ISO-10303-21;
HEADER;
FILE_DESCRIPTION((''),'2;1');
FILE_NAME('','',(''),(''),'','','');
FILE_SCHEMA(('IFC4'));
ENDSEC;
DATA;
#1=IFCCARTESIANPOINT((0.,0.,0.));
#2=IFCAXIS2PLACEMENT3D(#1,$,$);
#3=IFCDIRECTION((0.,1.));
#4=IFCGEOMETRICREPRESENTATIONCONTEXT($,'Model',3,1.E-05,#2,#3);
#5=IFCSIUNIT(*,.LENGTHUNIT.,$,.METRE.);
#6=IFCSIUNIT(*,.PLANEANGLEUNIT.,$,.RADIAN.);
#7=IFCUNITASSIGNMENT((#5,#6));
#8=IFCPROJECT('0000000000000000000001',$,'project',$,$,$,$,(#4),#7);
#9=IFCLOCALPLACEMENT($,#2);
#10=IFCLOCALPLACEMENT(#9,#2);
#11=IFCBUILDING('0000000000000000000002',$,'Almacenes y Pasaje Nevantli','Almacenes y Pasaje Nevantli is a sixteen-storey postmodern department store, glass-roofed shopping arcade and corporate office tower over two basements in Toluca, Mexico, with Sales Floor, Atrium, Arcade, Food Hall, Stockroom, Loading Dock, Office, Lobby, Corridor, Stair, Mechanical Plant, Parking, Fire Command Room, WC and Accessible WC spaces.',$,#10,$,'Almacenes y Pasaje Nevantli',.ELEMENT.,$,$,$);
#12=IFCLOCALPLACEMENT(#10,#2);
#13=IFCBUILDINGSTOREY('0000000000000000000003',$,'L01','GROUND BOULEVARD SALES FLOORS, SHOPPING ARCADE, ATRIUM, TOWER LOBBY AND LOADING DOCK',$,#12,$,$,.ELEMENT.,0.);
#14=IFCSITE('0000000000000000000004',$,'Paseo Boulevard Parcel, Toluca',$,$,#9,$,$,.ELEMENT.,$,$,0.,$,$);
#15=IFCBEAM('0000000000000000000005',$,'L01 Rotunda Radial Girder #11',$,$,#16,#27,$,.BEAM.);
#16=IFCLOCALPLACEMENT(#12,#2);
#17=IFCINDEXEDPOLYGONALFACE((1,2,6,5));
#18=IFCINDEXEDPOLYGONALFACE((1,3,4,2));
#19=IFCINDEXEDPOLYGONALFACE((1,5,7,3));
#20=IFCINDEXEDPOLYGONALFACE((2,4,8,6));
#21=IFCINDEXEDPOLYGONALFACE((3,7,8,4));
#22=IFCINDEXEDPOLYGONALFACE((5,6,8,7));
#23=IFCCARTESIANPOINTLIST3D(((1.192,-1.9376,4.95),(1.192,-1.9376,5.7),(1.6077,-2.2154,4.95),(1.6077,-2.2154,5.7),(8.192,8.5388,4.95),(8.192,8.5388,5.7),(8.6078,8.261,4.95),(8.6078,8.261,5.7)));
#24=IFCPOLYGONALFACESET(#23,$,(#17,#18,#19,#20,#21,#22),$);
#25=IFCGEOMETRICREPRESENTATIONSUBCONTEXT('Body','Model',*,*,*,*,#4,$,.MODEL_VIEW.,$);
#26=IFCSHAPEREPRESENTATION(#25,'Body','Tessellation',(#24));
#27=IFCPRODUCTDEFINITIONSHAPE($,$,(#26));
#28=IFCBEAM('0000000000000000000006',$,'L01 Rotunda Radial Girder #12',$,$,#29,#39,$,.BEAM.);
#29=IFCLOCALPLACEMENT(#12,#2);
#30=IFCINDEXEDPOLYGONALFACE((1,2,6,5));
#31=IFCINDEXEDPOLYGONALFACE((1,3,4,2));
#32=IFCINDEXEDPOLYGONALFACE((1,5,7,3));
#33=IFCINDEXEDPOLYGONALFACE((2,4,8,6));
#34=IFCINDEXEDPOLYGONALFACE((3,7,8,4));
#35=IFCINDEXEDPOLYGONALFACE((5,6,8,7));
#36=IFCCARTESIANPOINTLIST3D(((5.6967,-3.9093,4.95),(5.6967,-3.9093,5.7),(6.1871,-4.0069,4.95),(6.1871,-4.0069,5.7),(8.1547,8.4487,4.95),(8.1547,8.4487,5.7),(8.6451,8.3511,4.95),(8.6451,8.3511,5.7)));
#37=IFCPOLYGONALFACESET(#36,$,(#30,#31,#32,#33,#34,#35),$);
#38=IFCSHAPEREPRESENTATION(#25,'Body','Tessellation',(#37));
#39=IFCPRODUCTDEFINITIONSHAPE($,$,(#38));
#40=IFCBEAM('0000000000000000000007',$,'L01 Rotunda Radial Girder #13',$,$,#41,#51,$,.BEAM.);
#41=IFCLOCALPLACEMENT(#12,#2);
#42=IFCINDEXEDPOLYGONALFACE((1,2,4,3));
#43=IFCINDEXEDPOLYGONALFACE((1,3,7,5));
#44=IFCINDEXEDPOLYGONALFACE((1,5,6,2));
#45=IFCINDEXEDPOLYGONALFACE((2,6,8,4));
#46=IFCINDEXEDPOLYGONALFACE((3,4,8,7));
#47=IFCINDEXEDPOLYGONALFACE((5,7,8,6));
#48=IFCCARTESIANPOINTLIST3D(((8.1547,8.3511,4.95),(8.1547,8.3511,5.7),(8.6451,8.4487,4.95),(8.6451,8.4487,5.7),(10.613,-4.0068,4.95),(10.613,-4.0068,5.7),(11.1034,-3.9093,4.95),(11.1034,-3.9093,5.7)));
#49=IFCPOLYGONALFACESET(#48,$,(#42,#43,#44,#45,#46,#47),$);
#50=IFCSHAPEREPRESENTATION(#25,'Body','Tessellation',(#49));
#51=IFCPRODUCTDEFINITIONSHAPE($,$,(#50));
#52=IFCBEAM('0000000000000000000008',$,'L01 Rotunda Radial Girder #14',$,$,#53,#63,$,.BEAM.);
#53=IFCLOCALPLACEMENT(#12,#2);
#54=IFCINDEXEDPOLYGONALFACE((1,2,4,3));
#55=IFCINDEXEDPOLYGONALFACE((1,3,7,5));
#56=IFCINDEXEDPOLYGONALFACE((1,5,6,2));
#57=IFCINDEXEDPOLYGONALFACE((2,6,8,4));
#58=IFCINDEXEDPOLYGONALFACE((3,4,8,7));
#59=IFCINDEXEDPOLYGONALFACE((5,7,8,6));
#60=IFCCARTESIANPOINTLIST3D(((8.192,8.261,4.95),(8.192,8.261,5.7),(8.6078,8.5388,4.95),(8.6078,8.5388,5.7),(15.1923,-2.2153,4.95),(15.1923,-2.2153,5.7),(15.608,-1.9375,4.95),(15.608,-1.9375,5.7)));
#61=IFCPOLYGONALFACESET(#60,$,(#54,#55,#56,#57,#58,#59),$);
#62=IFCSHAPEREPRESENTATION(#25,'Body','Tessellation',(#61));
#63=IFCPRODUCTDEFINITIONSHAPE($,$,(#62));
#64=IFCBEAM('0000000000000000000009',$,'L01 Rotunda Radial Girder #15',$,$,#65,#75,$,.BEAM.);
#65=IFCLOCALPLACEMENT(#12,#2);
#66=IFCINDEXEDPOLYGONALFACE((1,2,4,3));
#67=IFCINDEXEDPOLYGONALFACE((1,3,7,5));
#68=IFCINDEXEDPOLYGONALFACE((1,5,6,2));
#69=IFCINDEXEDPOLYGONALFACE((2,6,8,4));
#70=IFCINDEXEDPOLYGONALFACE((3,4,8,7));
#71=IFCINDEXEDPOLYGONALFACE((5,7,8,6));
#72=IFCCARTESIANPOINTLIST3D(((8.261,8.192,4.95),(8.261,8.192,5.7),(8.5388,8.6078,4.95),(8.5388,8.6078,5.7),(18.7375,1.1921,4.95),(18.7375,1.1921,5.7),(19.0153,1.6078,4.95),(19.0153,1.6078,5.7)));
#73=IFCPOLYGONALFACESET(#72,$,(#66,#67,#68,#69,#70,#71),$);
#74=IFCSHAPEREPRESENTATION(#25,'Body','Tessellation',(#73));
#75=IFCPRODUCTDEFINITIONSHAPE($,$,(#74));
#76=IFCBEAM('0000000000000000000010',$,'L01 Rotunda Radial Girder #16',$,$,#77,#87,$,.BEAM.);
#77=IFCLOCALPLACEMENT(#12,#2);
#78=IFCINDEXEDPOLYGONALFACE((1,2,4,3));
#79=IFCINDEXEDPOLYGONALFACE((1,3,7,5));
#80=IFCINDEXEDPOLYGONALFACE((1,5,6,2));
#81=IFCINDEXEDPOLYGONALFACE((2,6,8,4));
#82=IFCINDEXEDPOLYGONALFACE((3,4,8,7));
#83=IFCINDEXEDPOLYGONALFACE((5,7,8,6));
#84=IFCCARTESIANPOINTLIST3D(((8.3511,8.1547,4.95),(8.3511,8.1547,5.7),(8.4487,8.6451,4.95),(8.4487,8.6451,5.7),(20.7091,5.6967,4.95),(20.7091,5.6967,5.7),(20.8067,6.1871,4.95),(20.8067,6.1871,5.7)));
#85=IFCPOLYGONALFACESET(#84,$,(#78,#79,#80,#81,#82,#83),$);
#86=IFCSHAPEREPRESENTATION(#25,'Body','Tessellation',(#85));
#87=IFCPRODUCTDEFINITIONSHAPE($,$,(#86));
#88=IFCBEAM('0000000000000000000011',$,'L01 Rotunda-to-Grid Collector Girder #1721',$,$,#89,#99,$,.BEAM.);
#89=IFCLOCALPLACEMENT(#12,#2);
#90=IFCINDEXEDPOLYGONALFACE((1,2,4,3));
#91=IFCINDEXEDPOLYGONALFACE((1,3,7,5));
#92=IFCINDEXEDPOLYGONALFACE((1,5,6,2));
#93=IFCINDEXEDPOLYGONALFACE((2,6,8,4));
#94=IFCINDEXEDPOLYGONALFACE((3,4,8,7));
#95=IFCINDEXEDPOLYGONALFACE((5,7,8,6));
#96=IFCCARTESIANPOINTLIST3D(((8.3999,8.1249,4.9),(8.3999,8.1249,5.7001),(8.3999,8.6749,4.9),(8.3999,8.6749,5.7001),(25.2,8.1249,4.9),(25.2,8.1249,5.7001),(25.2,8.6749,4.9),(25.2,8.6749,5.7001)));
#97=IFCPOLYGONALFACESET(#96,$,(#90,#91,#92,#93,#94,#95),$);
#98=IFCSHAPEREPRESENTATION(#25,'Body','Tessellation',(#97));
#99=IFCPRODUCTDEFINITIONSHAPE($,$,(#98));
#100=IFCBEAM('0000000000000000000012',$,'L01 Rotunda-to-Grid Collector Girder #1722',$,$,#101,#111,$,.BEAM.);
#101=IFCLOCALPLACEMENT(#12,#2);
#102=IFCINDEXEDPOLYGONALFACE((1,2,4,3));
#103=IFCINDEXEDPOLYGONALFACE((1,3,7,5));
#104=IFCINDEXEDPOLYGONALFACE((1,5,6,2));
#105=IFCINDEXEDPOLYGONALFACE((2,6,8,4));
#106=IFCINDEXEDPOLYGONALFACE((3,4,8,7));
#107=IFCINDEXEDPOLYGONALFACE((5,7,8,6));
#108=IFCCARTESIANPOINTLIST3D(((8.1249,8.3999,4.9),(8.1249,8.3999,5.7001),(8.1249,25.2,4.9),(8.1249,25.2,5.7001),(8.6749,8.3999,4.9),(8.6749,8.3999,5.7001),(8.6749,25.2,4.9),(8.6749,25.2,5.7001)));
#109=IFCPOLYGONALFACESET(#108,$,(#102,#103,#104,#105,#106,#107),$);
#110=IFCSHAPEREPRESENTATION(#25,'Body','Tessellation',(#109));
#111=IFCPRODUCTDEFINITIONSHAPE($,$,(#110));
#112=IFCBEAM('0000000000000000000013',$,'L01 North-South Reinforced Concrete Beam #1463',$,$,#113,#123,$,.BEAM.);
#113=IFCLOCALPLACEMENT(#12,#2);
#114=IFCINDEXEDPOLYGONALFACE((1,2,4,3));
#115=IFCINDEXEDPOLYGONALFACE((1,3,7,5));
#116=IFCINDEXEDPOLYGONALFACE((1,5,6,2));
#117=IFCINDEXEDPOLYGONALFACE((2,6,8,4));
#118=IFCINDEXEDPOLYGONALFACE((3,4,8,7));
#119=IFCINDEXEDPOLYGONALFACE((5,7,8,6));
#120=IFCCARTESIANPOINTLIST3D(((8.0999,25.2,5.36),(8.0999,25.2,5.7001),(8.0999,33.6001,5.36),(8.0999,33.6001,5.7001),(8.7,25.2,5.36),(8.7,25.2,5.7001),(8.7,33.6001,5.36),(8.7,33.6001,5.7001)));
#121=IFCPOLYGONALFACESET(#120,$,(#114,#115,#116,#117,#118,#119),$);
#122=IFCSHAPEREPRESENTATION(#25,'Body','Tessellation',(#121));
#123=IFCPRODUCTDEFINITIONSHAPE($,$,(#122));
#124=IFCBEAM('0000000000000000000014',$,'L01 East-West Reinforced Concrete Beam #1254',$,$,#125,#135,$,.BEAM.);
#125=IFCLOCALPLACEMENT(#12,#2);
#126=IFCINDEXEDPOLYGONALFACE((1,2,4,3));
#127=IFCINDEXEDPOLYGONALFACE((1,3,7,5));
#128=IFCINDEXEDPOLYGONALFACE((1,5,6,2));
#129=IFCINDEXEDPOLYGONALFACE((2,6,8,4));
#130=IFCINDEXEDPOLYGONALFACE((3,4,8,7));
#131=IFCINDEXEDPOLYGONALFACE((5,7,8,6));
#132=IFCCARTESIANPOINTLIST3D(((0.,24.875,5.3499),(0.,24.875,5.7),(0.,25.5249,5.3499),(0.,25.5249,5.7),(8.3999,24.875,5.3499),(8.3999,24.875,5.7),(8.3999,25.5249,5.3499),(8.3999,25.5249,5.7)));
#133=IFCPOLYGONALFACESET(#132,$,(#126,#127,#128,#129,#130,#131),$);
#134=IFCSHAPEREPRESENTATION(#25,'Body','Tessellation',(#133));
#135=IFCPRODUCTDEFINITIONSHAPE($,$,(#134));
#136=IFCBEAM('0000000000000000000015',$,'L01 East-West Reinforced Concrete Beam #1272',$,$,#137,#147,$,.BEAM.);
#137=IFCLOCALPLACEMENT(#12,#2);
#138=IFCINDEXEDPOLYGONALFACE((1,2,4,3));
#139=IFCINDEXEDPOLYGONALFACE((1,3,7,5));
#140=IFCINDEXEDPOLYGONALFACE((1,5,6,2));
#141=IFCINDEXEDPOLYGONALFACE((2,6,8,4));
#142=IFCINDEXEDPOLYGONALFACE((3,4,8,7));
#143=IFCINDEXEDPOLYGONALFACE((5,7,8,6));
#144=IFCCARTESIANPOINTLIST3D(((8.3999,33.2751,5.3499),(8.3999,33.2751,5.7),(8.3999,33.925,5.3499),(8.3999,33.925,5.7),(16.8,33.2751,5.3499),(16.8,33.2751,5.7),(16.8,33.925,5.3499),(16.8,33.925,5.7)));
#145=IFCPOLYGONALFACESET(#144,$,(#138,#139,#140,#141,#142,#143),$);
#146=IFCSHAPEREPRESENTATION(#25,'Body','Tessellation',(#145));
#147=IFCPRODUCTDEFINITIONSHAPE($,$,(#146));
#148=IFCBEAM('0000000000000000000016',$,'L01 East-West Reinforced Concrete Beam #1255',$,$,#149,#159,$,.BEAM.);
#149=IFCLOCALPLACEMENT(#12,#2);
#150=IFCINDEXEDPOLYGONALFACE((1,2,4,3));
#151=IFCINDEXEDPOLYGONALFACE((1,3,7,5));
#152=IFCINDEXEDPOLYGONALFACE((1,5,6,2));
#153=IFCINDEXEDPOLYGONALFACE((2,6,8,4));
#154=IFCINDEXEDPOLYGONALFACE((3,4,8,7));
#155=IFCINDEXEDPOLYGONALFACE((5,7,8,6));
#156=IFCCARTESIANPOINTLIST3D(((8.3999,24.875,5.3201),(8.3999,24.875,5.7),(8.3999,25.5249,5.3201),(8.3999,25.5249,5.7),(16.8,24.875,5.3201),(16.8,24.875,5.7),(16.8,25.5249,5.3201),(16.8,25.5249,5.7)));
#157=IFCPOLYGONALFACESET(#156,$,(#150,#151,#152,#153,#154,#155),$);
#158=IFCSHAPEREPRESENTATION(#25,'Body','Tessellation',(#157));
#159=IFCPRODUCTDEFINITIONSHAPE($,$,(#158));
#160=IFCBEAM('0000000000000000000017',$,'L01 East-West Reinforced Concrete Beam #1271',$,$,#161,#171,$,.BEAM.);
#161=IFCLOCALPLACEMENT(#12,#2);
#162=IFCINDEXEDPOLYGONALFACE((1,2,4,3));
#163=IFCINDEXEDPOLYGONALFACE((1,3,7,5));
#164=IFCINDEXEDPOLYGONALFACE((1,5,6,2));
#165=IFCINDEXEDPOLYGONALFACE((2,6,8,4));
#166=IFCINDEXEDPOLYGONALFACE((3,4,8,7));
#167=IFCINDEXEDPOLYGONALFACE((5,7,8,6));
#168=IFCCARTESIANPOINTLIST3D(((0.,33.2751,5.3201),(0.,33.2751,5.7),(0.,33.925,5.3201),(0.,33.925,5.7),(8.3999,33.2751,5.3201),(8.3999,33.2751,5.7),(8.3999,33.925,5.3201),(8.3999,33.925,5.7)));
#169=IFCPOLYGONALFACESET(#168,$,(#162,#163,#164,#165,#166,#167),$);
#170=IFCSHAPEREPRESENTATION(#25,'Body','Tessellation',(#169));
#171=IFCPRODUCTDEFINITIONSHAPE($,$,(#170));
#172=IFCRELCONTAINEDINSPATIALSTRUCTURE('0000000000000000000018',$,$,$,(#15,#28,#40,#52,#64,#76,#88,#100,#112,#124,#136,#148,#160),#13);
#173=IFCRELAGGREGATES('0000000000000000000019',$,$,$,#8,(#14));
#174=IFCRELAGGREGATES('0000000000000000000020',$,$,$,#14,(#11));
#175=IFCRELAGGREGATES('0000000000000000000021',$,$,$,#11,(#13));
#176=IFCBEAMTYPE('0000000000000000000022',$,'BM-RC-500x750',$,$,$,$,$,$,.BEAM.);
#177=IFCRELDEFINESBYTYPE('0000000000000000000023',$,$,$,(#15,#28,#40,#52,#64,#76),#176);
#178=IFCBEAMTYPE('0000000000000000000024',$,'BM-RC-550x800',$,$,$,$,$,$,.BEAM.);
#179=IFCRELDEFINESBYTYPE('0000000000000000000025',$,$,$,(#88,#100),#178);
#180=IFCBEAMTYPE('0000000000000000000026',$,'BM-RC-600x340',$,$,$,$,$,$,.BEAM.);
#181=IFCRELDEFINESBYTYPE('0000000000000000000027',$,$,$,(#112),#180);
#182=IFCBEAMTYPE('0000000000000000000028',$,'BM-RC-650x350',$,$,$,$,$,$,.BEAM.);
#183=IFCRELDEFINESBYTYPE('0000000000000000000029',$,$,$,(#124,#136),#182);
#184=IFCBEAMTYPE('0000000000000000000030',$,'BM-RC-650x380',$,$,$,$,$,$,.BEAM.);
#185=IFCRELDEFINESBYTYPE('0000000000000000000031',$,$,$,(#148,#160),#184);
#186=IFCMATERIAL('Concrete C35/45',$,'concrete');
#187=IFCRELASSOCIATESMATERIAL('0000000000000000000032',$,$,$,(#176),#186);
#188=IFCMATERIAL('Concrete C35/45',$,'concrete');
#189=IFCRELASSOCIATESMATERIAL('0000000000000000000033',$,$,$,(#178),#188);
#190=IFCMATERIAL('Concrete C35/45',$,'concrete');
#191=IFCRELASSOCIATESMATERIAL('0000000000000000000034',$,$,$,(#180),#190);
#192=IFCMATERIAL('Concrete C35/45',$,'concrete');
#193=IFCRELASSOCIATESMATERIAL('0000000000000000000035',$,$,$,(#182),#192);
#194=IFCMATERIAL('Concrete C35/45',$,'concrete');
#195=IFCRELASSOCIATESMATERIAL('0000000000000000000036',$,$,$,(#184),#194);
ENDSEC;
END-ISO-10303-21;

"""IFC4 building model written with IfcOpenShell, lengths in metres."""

from ifc_helpers import new_model, si_unit, direction, frame, origin, origin_2d, place, context, subcontext, project, spatial, rectangle, extrude, material, material_profile, profile_set, type_object, element, save


model = new_model("IFC4")

# Units and contexts
model_context = context("Model", 3, precision=1e-05, world=origin(), true_north=direction((0.0, 1.0)))
body_context = subcontext(model_context, "Body", "Model", "MODEL_VIEW")
ifc_project = project(units=[si_unit("LENGTHUNIT", "METRE"), si_unit("PLANEANGLEUNIT", "RADIAN")], contexts=[model_context])

# Site, building, storey
site_placement = place(None, origin())
site = spatial("IfcSite", under=ifc_project, at=site_placement, Name="Paseo Boulevard Parcel, Toluca", CompositionType="ELEMENT", RefElevation=0.0)
building_placement = place(site_placement, origin())
building = spatial("IfcBuilding", under=site, at=building_placement, Name="Almacenes y Pasaje Nevantli", Description="Almacenes y Pasaje Nevantli is a sixteen-storey postmodern department store, glass-roofed shopping arcade and corporate office tower over two basements in Toluca, Mexico, with Sales Floor, Atrium, Arcade, Food Hall, Stockroom, Loading Dock, Office, Lobby, Corridor, Stair, Mechanical Plant, Parking, Fire Command Room, WC and Accessible WC spaces.", LongName="Almacenes y Pasaje Nevantli", CompositionType="ELEMENT")
storey_placement = place(building_placement, origin())
storey = spatial("IfcBuildingStorey", under=building, at=storey_placement, Name="L01", Description="GROUND BOULEVARD SALES FLOORS, SHOPPING ARCADE, ATRIUM, TOWER LOBBY AND LOADING DOCK", CompositionType="ELEMENT", Elevation=0.0)

# Beams
ifc_material_1 = material(Name="Concrete C35/45", Category="concrete")
ifc_material_profile_1 = material_profile(ifc_material_1, rectangle(XDim=0.5, YDim=0.75, at=origin_2d()), Name="RC-BM-500x750")
ifc_profile_set_1 = profile_set([ifc_material_profile_1], Name="Concrete C35/45")
beam_type_1 = type_object("IfcBeamType", Name="BM-RC-500x750", PredefinedType="BEAM", material=ifc_profile_set_1)
for number, where, z_axis, x_axis, name in (
    (1, (8.3999, 8.3999, 5.325), (-0.555567, -0.831472, 0.0), (0.831472, -0.555567, 0.0), "L01 Rotunda Radial Girder #11"),
):
    element("IfcBeam", number, at=place(storey_placement, frame(where, z_axis=z_axis, x_axis=x_axis)), inside=storey, type_object=beam_type_1, Name=name, PredefinedType="BEAM", context=body_context, shape_type="SweptSolid", body=[
        extrude(rectangle(XDim=0.5, YDim=0.75, at=origin_2d()), origin(), (0.0, 0.0, 1.0), 12.5999),
    ])
for number, where, z_axis, x_axis, name in (
    (2, (8.3999, 8.3999, 5.325), (-0.19508, -0.980787, 0.0), (0.980787, -0.19508, 0.0), "L01 Rotunda Radial Girder #12"),
    (3, (8.3999, 8.3999, 5.325), (0.195099, -0.980784, 0.0), (0.980784, 0.195099, 0.0), "L01 Rotunda Radial Girder #13"),
):
    element("IfcBeam", number, at=place(storey_placement, frame(where, z_axis=z_axis, x_axis=x_axis)), inside=storey, type_object=beam_type_1, Name=name, PredefinedType="BEAM", context=body_context, shape_type="SweptSolid", body=[
        extrude(rectangle(XDim=0.5, YDim=0.75, at=origin_2d()), origin(), (0.0, 0.0, 1.0), 12.6001),
    ])
for number, where, z_axis, x_axis, name in (
    (4, (8.3999, 8.3999, 5.325), (0.555581, -0.831463, 0.0), (0.831463, 0.555581, 0.0), "L01 Rotunda Radial Girder #14"),
    (5, (8.3999, 8.3999, 5.325), (0.831478, -0.555558, 0.0), (0.555558, 0.831478, 0.0), "L01 Rotunda Radial Girder #15"),
):
    element("IfcBeam", number, at=place(storey_placement, frame(where, z_axis=z_axis, x_axis=x_axis)), inside=storey, type_object=beam_type_1, Name=name, PredefinedType="BEAM", context=body_context, shape_type="SweptSolid", body=[
        extrude(rectangle(XDim=0.5, YDim=0.75, at=origin_2d()), origin(), (0.0, 0.0, 1.0), 12.5999),
    ])
beam_1_placement = place(storey_placement, frame((8.3999, 8.3999, 5.325), z_axis=(0.980787, -0.19508, 0.0), x_axis=(0.19508, 0.980787, 0.0)))
element("IfcBeam", 6, at=beam_1_placement, inside=storey, type_object=beam_type_1, Name="L01 Rotunda Radial Girder #16", PredefinedType="BEAM", context=body_context, shape_type="SweptSolid", body=[
    extrude(rectangle(XDim=0.5, YDim=0.75, at=origin_2d()), origin(), (0.0, 0.0, 1.0), 12.6001),
])
ifc_material_2 = material(Name="Concrete C35/45", Category="concrete")
ifc_material_profile_2 = material_profile(ifc_material_2, rectangle(XDim=0.55, YDim=0.8, at=origin_2d()), Name="RC-BM-550x800")
ifc_profile_set_2 = profile_set([ifc_material_profile_2], Name="Concrete C35/45")
beam_type_2 = type_object("IfcBeamType", Name="BM-RC-550x800", PredefinedType="BEAM", material=ifc_profile_set_2)
for number, where, z_axis, x_axis, name in (
    (7, (8.3999, 8.3999, 5.3), (1.0, 0.0, 0.0), (0.0, 1.0, 0.0), "L01 Rotunda-to-Grid Collector Girder #1721"),
    (8, (8.3999, 8.3999, 5.3), (0.0, 1.0, 0.0), (-1.0, 0.0, 0.0), "L01 Rotunda-to-Grid Collector Girder #1722"),
):
    element("IfcBeam", number, at=place(storey_placement, frame(where, z_axis=z_axis, x_axis=x_axis)), inside=storey, type_object=beam_type_2, Name=name, PredefinedType="BEAM", context=body_context, shape_type="SweptSolid", body=[
        extrude(rectangle(XDim=0.55, YDim=0.8, at=origin_2d()), origin(), (0.0, 0.0, 1.0), 16.8),
    ])
ifc_material_3 = material(Name="Concrete C35/45", Category="concrete")
ifc_material_profile_3 = material_profile(ifc_material_3, rectangle(XDim=0.6001, YDim=0.3401, at=origin_2d()), Name="RC-BM-600x340")
ifc_profile_set_3 = profile_set([ifc_material_profile_3], Name="Concrete C35/45")
beam_type_3 = type_object("IfcBeamType", Name="BM-RC-600x340", PredefinedType="BEAM", material=ifc_profile_set_3)
beam_2_placement = place(storey_placement, frame((8.3999, 25.2, 5.53), z_axis=(0.0, 1.0, 0.0), x_axis=(-1.0, 0.0, 0.0)))
element("IfcBeam", 9, at=beam_2_placement, inside=storey, type_object=beam_type_3, Name="L01 North-South Reinforced Concrete Beam #1463", PredefinedType="BEAM", context=body_context, shape_type="SweptSolid", body=[
    extrude(rectangle(XDim=0.6001, YDim=0.3401, at=origin_2d()), origin(), (0.0, 0.0, 1.0), 8.4001),
])
ifc_material_4 = material(Name="Concrete C35/45", Category="concrete")
ifc_material_profile_4 = material_profile(ifc_material_4, rectangle(XDim=0.6499, YDim=0.3501, at=origin_2d()), Name="RC-BM-650x350")
ifc_profile_set_4 = profile_set([ifc_material_profile_4], Name="Concrete C35/45")
beam_type_4 = type_object("IfcBeamType", Name="BM-RC-650x350", PredefinedType="BEAM", material=ifc_profile_set_4)
beam_3_placement = place(storey_placement, frame((0.0, 25.2, 5.5249), z_axis=(1.0, 0.0, 0.0), x_axis=(0.0, 1.0, 0.0)))
element("IfcBeam", 10, at=beam_3_placement, inside=storey, type_object=beam_type_4, Name="L01 East-West Reinforced Concrete Beam #1254", PredefinedType="BEAM", context=body_context, shape_type="SweptSolid", body=[
    extrude(rectangle(XDim=0.6499, YDim=0.3501, at=origin_2d()), origin(), (0.0, 0.0, 1.0), 8.3999),
])
beam_4_placement = place(storey_placement, frame((8.3999, 33.6001, 5.5249), z_axis=(1.0, 0.0, 0.0), x_axis=(0.0, 1.0, 0.0)))
element("IfcBeam", 11, at=beam_4_placement, inside=storey, type_object=beam_type_4, Name="L01 East-West Reinforced Concrete Beam #1272", PredefinedType="BEAM", context=body_context, shape_type="SweptSolid", body=[
    extrude(rectangle(XDim=0.6499, YDim=0.3501, at=origin_2d()), origin(), (0.0, 0.0, 1.0), 8.4001),
])
ifc_material_5 = material(Name="Concrete C35/45", Category="concrete")
ifc_material_profile_5 = material_profile(ifc_material_5, rectangle(XDim=0.6499, YDim=0.3799, at=origin_2d()), Name="RC-BM-650x380")
ifc_profile_set_5 = profile_set([ifc_material_profile_5], Name="Concrete C35/45")
beam_type_5 = type_object("IfcBeamType", Name="BM-RC-650x380", PredefinedType="BEAM", material=ifc_profile_set_5)
beam_5_placement = place(storey_placement, frame((8.3999, 25.2, 5.51), z_axis=(1.0, 0.0, 0.0), x_axis=(0.0, 1.0, 0.0)))
element("IfcBeam", 12, at=beam_5_placement, inside=storey, type_object=beam_type_5, Name="L01 East-West Reinforced Concrete Beam #1255", PredefinedType="BEAM", context=body_context, shape_type="SweptSolid", body=[
    extrude(rectangle(XDim=0.6499, YDim=0.3799, at=origin_2d()), origin(), (0.0, 0.0, 1.0), 8.4001),
])
beam_6_placement = place(storey_placement, frame((0.0, 33.6001, 5.51), z_axis=(1.0, 0.0, 0.0), x_axis=(0.0, 1.0, 0.0)))
element("IfcBeam", 13, at=beam_6_placement, inside=storey, type_object=beam_type_5, Name="L01 East-West Reinforced Concrete Beam #1271", PredefinedType="BEAM", context=body_context, shape_type="SweptSolid", body=[
    extrude(rectangle(XDim=0.6499, YDim=0.3799, at=origin_2d()), origin(), (0.0, 0.0, 1.0), 8.3999),
])

save(model, "model.ifc")
